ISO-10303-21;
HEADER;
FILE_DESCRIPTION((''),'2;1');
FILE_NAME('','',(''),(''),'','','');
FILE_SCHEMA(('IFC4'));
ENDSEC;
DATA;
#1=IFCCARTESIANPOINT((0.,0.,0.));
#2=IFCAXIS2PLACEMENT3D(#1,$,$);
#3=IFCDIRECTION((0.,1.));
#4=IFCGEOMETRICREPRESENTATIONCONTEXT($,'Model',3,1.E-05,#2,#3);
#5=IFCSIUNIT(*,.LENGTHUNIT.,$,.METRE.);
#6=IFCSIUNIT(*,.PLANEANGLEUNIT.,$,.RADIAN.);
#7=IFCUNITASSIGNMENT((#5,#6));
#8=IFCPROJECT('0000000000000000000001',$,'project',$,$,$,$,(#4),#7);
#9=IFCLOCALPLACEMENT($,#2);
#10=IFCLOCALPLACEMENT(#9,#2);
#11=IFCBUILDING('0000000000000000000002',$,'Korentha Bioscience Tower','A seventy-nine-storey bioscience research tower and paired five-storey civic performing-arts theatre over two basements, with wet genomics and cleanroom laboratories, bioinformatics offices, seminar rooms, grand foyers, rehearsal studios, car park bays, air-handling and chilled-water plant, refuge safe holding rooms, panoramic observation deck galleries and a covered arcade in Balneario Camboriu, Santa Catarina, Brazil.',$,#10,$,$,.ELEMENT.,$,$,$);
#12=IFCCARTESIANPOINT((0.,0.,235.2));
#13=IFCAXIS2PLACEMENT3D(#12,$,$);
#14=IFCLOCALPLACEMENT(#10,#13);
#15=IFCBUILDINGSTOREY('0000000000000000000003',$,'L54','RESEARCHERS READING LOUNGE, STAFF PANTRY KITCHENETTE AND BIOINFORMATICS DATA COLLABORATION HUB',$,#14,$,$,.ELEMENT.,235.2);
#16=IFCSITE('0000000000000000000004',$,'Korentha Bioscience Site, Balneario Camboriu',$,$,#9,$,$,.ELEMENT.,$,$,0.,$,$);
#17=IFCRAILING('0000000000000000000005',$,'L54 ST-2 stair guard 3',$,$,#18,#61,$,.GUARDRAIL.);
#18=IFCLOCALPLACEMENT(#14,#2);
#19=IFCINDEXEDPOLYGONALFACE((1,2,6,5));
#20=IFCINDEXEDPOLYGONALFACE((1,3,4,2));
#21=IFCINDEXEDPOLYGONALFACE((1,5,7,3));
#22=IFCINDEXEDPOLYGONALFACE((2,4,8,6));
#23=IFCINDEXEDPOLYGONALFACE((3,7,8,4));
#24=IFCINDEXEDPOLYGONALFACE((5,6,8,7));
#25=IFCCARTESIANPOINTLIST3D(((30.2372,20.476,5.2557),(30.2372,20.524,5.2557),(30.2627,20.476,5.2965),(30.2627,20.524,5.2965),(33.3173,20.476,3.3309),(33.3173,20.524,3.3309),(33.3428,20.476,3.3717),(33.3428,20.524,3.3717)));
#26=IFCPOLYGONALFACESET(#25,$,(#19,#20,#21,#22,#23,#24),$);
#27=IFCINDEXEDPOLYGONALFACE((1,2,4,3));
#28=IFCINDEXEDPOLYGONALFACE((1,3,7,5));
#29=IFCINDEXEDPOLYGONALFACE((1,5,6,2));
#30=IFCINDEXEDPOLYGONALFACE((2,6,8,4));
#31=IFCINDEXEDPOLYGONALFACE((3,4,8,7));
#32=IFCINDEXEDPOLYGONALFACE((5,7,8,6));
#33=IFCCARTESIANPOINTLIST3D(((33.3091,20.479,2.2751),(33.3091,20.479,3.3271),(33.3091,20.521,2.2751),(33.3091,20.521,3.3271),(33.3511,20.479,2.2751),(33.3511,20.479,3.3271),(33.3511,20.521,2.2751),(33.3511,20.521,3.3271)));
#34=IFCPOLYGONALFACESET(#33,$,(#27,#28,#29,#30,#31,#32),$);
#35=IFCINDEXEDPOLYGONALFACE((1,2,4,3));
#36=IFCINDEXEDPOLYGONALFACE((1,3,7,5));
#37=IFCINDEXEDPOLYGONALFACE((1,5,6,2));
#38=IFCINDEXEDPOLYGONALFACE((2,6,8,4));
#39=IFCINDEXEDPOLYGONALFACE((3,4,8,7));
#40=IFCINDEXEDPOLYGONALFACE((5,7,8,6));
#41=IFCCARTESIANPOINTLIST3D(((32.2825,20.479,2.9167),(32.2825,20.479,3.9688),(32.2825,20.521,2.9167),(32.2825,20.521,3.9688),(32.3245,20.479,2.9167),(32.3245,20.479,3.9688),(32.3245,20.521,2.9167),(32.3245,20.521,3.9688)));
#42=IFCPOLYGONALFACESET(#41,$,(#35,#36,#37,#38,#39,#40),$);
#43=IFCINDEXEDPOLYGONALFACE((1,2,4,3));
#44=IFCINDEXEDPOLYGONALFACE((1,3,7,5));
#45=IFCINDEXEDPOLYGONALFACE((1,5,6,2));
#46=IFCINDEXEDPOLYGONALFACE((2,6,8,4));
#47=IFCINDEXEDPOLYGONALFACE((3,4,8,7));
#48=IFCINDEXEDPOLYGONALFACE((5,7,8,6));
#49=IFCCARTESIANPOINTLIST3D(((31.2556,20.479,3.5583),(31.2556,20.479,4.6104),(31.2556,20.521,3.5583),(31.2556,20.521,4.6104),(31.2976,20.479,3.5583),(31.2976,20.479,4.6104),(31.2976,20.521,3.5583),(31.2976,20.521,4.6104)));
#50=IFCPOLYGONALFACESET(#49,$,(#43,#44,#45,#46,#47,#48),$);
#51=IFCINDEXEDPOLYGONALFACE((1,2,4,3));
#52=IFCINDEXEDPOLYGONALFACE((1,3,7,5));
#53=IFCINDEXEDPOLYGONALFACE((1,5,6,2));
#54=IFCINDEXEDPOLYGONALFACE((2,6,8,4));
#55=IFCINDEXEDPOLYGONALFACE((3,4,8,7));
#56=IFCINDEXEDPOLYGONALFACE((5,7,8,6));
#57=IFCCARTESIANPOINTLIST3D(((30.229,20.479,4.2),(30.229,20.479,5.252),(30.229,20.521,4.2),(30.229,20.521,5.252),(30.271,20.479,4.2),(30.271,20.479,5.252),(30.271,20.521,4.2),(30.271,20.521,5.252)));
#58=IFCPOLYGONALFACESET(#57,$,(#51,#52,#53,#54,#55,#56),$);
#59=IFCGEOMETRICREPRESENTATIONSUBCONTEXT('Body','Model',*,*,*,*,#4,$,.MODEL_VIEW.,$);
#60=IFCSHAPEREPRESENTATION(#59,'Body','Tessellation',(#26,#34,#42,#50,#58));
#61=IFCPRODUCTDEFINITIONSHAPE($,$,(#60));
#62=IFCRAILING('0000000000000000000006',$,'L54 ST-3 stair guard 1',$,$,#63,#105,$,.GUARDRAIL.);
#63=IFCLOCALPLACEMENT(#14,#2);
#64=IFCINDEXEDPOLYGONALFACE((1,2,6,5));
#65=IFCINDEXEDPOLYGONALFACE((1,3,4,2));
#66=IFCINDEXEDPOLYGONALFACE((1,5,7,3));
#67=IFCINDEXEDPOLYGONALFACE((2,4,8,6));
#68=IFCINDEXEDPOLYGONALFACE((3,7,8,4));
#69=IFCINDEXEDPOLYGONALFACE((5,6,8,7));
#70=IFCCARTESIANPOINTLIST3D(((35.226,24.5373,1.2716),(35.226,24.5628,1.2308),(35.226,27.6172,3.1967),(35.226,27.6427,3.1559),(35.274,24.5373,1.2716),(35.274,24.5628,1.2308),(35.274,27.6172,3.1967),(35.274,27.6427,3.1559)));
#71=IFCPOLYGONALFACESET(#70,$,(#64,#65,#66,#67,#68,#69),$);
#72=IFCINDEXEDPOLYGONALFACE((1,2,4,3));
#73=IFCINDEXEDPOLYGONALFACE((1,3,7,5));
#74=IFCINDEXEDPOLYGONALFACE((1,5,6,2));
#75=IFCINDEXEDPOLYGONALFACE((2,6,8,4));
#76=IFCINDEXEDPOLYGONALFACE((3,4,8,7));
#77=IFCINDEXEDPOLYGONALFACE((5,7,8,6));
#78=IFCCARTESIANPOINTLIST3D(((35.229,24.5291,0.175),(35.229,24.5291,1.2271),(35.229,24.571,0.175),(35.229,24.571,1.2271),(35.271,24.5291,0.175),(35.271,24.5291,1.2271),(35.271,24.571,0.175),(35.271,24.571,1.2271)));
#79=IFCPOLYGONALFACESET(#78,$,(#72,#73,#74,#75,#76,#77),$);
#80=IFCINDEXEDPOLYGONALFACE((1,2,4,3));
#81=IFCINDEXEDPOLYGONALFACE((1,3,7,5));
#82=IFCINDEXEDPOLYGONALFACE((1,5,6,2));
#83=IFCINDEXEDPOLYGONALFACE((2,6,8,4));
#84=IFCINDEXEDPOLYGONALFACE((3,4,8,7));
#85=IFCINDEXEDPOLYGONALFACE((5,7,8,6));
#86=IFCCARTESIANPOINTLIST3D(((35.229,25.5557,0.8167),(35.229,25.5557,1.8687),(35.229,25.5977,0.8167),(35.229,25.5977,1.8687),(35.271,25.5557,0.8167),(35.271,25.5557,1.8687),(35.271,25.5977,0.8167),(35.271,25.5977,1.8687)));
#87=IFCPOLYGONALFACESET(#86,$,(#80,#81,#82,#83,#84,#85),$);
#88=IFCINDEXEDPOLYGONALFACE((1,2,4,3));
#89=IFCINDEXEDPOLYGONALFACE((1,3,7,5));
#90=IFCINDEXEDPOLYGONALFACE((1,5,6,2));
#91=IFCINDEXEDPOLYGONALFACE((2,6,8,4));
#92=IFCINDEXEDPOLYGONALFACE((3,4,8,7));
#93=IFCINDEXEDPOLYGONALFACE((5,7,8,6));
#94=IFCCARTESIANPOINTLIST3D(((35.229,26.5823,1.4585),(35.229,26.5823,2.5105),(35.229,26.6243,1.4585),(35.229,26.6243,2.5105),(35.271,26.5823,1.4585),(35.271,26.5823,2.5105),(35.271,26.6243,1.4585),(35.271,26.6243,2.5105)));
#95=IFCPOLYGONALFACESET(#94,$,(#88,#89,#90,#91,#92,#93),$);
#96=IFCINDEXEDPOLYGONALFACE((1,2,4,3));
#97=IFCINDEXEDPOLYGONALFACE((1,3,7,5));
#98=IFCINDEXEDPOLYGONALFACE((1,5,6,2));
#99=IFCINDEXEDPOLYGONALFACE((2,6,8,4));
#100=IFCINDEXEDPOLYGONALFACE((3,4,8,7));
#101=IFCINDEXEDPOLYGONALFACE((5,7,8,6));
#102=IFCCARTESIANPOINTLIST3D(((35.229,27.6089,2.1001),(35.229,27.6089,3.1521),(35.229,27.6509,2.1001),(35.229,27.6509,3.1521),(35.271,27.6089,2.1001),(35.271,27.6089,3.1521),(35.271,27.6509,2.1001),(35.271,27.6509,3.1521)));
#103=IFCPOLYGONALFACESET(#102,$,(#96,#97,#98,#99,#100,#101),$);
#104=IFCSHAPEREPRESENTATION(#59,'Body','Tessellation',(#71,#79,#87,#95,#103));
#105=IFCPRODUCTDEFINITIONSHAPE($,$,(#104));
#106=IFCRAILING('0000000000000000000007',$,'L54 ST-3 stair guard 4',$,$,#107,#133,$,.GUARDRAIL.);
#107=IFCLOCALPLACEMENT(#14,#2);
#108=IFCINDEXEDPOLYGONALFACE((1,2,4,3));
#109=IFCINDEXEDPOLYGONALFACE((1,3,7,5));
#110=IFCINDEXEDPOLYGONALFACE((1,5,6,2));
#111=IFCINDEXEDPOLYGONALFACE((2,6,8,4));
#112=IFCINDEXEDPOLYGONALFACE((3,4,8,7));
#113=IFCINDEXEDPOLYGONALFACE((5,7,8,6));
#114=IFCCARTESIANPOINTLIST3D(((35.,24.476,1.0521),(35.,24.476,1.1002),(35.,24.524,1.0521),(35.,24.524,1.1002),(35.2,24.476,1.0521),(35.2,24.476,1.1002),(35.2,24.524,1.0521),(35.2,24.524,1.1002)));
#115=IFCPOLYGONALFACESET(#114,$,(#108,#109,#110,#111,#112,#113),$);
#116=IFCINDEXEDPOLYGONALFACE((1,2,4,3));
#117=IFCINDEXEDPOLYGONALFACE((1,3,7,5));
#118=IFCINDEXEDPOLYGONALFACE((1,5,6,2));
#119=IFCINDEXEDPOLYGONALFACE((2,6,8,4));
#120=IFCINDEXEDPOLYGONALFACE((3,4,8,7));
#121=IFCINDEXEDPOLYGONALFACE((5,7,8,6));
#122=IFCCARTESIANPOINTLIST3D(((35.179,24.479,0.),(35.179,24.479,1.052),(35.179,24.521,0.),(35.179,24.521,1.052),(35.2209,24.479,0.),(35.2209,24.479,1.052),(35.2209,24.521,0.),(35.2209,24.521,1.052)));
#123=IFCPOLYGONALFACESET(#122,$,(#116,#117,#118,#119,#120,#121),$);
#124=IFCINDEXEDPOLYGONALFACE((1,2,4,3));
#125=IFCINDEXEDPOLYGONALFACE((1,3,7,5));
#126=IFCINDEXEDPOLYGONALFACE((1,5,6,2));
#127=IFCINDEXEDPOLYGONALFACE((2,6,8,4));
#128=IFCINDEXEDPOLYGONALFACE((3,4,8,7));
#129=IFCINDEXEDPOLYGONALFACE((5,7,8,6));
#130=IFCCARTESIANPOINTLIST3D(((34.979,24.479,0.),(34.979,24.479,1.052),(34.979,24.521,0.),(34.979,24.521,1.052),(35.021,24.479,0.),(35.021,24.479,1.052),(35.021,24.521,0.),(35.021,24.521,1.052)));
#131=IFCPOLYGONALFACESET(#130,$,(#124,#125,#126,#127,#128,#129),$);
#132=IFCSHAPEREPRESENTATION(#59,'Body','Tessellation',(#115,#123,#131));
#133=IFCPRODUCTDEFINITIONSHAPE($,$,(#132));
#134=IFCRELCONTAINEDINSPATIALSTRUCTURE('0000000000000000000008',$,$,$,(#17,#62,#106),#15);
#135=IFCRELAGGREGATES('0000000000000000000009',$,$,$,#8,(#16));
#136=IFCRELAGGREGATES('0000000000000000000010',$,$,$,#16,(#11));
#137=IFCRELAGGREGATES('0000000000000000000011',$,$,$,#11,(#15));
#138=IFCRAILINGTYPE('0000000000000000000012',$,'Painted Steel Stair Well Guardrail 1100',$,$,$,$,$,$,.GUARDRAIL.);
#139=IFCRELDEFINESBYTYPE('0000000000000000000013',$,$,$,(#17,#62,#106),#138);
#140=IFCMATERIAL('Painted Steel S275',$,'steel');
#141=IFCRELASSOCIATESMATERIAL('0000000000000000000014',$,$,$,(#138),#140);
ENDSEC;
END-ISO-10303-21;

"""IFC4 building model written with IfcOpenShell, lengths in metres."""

from ifc_helpers import new_model, si_unit, direction, frame, origin, origin_2d, place, context, subcontext, project, spatial, rectangle, extrude, material, type_object, element, save


model = new_model("IFC4")

# Units and contexts
model_context = context("Model", 3, precision=1e-05, world=origin(), true_north=direction((0.0, 1.0)))
body_context = subcontext(model_context, "Body", "Model", "MODEL_VIEW")
ifc_project = project(units=[si_unit("LENGTHUNIT", "METRE"), si_unit("PLANEANGLEUNIT", "RADIAN")], contexts=[model_context])

# Site, building, storey
site_placement = place(None, origin())
site = spatial("IfcSite", under=ifc_project, at=site_placement, Name="Korentha Bioscience Site, Balneario Camboriu", CompositionType="ELEMENT", RefElevation=0.0)
building_placement = place(site_placement, origin())
building = spatial("IfcBuilding", under=site, at=building_placement, Name="Korentha Bioscience Tower", Description="A seventy-nine-storey bioscience research tower and paired five-storey civic performing-arts theatre over two basements, with wet genomics and cleanroom laboratories, bioinformatics offices, seminar rooms, grand foyers, rehearsal studios, car park bays, air-handling and chilled-water plant, refuge safe holding rooms, panoramic observation deck galleries and a covered arcade in Balneario Camboriu, Santa Catarina, Brazil.", CompositionType="ELEMENT")
storey_placement = place(building_placement, frame((0.0, 0.0, 235.2)))
storey = spatial("IfcBuildingStorey", under=building, at=storey_placement, Name="L54", Description="RESEARCHERS READING LOUNGE, STAFF PANTRY KITCHENETTE AND BIOINFORMATICS DATA COLLABORATION HUB", CompositionType="ELEMENT", Elevation=235.2)

# Railings
ifc_material_1 = material(Name="Painted Steel S275", Category="steel")
railing_type_1 = type_object("IfcRailingType", Name="Painted Steel Stair Well Guardrail 1100", PredefinedType="GUARDRAIL", material=ifc_material_1)
railing_1_placement = place(storey_placement, frame((33.3301, 20.5, 2.2751)))
element("IfcRailing", 1, at=railing_1_placement, inside=storey, type_object=railing_type_1, Name="L54 ST-2 stair guard 3", PredefinedType="GUARDRAIL", context=body_context, shape_type="SweptSolid", body=[
    extrude(rectangle(XDim=0.0481, YDim=0.0481, at=origin_2d()), frame((0.0, 0.0, 1.0762), z_axis=(-0.848029, 0.0, 0.529951), x_axis=(0.0, -1.0, 0.0)), (0.0, 0.0, 1.0), 3.6321),
    extrude(rectangle(XDim=0.042, YDim=0.042, at=origin_2d()), origin(), (0.0, 0.0, 1.0), 1.052),
    extrude(rectangle(XDim=0.042, YDim=0.042, at=origin_2d()), frame((-1.0266, 0.0, 0.6416)), (0.0, 0.0, 1.0), 1.052),
    extrude(rectangle(XDim=0.042, YDim=0.042, at=origin_2d()), frame((-2.0535, 0.0, 1.2832)), (0.0, 0.0, 1.0), 1.052),
    extrude(rectangle(XDim=0.042, YDim=0.042, at=origin_2d()), frame((-3.0801, 0.0, 1.9248)), (0.0, 0.0, 1.0), 1.052),
])
railing_2_placement = place(storey_placement, frame((35.25, 24.55, 0.175)))
element("IfcRailing", 2, at=railing_2_placement, inside=storey, type_object=railing_type_1, Name="L54 ST-3 stair guard 1", PredefinedType="GUARDRAIL", context=body_context, shape_type="SweptSolid", body=[
    extrude(rectangle(XDim=0.0481, YDim=0.0481, at=origin_2d()), frame((0.0, 0.0, 1.0762), z_axis=(0.0, 0.847979, 0.530029), x_axis=(-1.0, 0.0, 0.0)), (0.0, 0.0, 1.0), 3.6321),
    extrude(rectangle(XDim=0.042, YDim=0.042, at=origin_2d()), origin(), (0.0, 0.0, 1.0), 1.052),
    extrude(rectangle(XDim=0.042, YDim=0.042, at=origin_2d()), frame((0.0, 1.0266, 0.6416)), (0.0, 0.0, 1.0), 1.052),
    extrude(rectangle(XDim=0.042, YDim=0.042, at=origin_2d()), frame((0.0, 2.0532, 1.2834)), (0.0, 0.0, 1.0), 1.052),
    extrude(rectangle(XDim=0.042, YDim=0.042, at=origin_2d()), frame((0.0, 3.0798, 1.925)), (0.0, 0.0, 1.0), 1.052),
])
railing_3_placement = place(storey_placement, frame((35.2, 24.5, 0.0)))
element("IfcRailing", 3, at=railing_3_placement, inside=storey, type_object=railing_type_1, Name="L54 ST-3 stair guard 4", PredefinedType="GUARDRAIL", context=body_context, shape_type="SweptSolid", body=[
    extrude(rectangle(XDim=0.0481, YDim=0.0481, at=origin_2d()), frame((0.0, 0.0, 1.0762), z_axis=(-1.0, 0.0, 0.0), x_axis=(0.0, -1.0, 0.0)), (0.0, 0.0, 1.0), 0.2),
    extrude(rectangle(XDim=0.042, YDim=0.042, at=origin_2d()), origin(), (0.0, 0.0, 1.0), 1.052),
    extrude(rectangle(XDim=0.042, YDim=0.042, at=origin_2d()), frame((-0.2, 0.0, 0.0)), (0.0, 0.0, 1.0), 1.052),
])

save(model, "model.ifc")
